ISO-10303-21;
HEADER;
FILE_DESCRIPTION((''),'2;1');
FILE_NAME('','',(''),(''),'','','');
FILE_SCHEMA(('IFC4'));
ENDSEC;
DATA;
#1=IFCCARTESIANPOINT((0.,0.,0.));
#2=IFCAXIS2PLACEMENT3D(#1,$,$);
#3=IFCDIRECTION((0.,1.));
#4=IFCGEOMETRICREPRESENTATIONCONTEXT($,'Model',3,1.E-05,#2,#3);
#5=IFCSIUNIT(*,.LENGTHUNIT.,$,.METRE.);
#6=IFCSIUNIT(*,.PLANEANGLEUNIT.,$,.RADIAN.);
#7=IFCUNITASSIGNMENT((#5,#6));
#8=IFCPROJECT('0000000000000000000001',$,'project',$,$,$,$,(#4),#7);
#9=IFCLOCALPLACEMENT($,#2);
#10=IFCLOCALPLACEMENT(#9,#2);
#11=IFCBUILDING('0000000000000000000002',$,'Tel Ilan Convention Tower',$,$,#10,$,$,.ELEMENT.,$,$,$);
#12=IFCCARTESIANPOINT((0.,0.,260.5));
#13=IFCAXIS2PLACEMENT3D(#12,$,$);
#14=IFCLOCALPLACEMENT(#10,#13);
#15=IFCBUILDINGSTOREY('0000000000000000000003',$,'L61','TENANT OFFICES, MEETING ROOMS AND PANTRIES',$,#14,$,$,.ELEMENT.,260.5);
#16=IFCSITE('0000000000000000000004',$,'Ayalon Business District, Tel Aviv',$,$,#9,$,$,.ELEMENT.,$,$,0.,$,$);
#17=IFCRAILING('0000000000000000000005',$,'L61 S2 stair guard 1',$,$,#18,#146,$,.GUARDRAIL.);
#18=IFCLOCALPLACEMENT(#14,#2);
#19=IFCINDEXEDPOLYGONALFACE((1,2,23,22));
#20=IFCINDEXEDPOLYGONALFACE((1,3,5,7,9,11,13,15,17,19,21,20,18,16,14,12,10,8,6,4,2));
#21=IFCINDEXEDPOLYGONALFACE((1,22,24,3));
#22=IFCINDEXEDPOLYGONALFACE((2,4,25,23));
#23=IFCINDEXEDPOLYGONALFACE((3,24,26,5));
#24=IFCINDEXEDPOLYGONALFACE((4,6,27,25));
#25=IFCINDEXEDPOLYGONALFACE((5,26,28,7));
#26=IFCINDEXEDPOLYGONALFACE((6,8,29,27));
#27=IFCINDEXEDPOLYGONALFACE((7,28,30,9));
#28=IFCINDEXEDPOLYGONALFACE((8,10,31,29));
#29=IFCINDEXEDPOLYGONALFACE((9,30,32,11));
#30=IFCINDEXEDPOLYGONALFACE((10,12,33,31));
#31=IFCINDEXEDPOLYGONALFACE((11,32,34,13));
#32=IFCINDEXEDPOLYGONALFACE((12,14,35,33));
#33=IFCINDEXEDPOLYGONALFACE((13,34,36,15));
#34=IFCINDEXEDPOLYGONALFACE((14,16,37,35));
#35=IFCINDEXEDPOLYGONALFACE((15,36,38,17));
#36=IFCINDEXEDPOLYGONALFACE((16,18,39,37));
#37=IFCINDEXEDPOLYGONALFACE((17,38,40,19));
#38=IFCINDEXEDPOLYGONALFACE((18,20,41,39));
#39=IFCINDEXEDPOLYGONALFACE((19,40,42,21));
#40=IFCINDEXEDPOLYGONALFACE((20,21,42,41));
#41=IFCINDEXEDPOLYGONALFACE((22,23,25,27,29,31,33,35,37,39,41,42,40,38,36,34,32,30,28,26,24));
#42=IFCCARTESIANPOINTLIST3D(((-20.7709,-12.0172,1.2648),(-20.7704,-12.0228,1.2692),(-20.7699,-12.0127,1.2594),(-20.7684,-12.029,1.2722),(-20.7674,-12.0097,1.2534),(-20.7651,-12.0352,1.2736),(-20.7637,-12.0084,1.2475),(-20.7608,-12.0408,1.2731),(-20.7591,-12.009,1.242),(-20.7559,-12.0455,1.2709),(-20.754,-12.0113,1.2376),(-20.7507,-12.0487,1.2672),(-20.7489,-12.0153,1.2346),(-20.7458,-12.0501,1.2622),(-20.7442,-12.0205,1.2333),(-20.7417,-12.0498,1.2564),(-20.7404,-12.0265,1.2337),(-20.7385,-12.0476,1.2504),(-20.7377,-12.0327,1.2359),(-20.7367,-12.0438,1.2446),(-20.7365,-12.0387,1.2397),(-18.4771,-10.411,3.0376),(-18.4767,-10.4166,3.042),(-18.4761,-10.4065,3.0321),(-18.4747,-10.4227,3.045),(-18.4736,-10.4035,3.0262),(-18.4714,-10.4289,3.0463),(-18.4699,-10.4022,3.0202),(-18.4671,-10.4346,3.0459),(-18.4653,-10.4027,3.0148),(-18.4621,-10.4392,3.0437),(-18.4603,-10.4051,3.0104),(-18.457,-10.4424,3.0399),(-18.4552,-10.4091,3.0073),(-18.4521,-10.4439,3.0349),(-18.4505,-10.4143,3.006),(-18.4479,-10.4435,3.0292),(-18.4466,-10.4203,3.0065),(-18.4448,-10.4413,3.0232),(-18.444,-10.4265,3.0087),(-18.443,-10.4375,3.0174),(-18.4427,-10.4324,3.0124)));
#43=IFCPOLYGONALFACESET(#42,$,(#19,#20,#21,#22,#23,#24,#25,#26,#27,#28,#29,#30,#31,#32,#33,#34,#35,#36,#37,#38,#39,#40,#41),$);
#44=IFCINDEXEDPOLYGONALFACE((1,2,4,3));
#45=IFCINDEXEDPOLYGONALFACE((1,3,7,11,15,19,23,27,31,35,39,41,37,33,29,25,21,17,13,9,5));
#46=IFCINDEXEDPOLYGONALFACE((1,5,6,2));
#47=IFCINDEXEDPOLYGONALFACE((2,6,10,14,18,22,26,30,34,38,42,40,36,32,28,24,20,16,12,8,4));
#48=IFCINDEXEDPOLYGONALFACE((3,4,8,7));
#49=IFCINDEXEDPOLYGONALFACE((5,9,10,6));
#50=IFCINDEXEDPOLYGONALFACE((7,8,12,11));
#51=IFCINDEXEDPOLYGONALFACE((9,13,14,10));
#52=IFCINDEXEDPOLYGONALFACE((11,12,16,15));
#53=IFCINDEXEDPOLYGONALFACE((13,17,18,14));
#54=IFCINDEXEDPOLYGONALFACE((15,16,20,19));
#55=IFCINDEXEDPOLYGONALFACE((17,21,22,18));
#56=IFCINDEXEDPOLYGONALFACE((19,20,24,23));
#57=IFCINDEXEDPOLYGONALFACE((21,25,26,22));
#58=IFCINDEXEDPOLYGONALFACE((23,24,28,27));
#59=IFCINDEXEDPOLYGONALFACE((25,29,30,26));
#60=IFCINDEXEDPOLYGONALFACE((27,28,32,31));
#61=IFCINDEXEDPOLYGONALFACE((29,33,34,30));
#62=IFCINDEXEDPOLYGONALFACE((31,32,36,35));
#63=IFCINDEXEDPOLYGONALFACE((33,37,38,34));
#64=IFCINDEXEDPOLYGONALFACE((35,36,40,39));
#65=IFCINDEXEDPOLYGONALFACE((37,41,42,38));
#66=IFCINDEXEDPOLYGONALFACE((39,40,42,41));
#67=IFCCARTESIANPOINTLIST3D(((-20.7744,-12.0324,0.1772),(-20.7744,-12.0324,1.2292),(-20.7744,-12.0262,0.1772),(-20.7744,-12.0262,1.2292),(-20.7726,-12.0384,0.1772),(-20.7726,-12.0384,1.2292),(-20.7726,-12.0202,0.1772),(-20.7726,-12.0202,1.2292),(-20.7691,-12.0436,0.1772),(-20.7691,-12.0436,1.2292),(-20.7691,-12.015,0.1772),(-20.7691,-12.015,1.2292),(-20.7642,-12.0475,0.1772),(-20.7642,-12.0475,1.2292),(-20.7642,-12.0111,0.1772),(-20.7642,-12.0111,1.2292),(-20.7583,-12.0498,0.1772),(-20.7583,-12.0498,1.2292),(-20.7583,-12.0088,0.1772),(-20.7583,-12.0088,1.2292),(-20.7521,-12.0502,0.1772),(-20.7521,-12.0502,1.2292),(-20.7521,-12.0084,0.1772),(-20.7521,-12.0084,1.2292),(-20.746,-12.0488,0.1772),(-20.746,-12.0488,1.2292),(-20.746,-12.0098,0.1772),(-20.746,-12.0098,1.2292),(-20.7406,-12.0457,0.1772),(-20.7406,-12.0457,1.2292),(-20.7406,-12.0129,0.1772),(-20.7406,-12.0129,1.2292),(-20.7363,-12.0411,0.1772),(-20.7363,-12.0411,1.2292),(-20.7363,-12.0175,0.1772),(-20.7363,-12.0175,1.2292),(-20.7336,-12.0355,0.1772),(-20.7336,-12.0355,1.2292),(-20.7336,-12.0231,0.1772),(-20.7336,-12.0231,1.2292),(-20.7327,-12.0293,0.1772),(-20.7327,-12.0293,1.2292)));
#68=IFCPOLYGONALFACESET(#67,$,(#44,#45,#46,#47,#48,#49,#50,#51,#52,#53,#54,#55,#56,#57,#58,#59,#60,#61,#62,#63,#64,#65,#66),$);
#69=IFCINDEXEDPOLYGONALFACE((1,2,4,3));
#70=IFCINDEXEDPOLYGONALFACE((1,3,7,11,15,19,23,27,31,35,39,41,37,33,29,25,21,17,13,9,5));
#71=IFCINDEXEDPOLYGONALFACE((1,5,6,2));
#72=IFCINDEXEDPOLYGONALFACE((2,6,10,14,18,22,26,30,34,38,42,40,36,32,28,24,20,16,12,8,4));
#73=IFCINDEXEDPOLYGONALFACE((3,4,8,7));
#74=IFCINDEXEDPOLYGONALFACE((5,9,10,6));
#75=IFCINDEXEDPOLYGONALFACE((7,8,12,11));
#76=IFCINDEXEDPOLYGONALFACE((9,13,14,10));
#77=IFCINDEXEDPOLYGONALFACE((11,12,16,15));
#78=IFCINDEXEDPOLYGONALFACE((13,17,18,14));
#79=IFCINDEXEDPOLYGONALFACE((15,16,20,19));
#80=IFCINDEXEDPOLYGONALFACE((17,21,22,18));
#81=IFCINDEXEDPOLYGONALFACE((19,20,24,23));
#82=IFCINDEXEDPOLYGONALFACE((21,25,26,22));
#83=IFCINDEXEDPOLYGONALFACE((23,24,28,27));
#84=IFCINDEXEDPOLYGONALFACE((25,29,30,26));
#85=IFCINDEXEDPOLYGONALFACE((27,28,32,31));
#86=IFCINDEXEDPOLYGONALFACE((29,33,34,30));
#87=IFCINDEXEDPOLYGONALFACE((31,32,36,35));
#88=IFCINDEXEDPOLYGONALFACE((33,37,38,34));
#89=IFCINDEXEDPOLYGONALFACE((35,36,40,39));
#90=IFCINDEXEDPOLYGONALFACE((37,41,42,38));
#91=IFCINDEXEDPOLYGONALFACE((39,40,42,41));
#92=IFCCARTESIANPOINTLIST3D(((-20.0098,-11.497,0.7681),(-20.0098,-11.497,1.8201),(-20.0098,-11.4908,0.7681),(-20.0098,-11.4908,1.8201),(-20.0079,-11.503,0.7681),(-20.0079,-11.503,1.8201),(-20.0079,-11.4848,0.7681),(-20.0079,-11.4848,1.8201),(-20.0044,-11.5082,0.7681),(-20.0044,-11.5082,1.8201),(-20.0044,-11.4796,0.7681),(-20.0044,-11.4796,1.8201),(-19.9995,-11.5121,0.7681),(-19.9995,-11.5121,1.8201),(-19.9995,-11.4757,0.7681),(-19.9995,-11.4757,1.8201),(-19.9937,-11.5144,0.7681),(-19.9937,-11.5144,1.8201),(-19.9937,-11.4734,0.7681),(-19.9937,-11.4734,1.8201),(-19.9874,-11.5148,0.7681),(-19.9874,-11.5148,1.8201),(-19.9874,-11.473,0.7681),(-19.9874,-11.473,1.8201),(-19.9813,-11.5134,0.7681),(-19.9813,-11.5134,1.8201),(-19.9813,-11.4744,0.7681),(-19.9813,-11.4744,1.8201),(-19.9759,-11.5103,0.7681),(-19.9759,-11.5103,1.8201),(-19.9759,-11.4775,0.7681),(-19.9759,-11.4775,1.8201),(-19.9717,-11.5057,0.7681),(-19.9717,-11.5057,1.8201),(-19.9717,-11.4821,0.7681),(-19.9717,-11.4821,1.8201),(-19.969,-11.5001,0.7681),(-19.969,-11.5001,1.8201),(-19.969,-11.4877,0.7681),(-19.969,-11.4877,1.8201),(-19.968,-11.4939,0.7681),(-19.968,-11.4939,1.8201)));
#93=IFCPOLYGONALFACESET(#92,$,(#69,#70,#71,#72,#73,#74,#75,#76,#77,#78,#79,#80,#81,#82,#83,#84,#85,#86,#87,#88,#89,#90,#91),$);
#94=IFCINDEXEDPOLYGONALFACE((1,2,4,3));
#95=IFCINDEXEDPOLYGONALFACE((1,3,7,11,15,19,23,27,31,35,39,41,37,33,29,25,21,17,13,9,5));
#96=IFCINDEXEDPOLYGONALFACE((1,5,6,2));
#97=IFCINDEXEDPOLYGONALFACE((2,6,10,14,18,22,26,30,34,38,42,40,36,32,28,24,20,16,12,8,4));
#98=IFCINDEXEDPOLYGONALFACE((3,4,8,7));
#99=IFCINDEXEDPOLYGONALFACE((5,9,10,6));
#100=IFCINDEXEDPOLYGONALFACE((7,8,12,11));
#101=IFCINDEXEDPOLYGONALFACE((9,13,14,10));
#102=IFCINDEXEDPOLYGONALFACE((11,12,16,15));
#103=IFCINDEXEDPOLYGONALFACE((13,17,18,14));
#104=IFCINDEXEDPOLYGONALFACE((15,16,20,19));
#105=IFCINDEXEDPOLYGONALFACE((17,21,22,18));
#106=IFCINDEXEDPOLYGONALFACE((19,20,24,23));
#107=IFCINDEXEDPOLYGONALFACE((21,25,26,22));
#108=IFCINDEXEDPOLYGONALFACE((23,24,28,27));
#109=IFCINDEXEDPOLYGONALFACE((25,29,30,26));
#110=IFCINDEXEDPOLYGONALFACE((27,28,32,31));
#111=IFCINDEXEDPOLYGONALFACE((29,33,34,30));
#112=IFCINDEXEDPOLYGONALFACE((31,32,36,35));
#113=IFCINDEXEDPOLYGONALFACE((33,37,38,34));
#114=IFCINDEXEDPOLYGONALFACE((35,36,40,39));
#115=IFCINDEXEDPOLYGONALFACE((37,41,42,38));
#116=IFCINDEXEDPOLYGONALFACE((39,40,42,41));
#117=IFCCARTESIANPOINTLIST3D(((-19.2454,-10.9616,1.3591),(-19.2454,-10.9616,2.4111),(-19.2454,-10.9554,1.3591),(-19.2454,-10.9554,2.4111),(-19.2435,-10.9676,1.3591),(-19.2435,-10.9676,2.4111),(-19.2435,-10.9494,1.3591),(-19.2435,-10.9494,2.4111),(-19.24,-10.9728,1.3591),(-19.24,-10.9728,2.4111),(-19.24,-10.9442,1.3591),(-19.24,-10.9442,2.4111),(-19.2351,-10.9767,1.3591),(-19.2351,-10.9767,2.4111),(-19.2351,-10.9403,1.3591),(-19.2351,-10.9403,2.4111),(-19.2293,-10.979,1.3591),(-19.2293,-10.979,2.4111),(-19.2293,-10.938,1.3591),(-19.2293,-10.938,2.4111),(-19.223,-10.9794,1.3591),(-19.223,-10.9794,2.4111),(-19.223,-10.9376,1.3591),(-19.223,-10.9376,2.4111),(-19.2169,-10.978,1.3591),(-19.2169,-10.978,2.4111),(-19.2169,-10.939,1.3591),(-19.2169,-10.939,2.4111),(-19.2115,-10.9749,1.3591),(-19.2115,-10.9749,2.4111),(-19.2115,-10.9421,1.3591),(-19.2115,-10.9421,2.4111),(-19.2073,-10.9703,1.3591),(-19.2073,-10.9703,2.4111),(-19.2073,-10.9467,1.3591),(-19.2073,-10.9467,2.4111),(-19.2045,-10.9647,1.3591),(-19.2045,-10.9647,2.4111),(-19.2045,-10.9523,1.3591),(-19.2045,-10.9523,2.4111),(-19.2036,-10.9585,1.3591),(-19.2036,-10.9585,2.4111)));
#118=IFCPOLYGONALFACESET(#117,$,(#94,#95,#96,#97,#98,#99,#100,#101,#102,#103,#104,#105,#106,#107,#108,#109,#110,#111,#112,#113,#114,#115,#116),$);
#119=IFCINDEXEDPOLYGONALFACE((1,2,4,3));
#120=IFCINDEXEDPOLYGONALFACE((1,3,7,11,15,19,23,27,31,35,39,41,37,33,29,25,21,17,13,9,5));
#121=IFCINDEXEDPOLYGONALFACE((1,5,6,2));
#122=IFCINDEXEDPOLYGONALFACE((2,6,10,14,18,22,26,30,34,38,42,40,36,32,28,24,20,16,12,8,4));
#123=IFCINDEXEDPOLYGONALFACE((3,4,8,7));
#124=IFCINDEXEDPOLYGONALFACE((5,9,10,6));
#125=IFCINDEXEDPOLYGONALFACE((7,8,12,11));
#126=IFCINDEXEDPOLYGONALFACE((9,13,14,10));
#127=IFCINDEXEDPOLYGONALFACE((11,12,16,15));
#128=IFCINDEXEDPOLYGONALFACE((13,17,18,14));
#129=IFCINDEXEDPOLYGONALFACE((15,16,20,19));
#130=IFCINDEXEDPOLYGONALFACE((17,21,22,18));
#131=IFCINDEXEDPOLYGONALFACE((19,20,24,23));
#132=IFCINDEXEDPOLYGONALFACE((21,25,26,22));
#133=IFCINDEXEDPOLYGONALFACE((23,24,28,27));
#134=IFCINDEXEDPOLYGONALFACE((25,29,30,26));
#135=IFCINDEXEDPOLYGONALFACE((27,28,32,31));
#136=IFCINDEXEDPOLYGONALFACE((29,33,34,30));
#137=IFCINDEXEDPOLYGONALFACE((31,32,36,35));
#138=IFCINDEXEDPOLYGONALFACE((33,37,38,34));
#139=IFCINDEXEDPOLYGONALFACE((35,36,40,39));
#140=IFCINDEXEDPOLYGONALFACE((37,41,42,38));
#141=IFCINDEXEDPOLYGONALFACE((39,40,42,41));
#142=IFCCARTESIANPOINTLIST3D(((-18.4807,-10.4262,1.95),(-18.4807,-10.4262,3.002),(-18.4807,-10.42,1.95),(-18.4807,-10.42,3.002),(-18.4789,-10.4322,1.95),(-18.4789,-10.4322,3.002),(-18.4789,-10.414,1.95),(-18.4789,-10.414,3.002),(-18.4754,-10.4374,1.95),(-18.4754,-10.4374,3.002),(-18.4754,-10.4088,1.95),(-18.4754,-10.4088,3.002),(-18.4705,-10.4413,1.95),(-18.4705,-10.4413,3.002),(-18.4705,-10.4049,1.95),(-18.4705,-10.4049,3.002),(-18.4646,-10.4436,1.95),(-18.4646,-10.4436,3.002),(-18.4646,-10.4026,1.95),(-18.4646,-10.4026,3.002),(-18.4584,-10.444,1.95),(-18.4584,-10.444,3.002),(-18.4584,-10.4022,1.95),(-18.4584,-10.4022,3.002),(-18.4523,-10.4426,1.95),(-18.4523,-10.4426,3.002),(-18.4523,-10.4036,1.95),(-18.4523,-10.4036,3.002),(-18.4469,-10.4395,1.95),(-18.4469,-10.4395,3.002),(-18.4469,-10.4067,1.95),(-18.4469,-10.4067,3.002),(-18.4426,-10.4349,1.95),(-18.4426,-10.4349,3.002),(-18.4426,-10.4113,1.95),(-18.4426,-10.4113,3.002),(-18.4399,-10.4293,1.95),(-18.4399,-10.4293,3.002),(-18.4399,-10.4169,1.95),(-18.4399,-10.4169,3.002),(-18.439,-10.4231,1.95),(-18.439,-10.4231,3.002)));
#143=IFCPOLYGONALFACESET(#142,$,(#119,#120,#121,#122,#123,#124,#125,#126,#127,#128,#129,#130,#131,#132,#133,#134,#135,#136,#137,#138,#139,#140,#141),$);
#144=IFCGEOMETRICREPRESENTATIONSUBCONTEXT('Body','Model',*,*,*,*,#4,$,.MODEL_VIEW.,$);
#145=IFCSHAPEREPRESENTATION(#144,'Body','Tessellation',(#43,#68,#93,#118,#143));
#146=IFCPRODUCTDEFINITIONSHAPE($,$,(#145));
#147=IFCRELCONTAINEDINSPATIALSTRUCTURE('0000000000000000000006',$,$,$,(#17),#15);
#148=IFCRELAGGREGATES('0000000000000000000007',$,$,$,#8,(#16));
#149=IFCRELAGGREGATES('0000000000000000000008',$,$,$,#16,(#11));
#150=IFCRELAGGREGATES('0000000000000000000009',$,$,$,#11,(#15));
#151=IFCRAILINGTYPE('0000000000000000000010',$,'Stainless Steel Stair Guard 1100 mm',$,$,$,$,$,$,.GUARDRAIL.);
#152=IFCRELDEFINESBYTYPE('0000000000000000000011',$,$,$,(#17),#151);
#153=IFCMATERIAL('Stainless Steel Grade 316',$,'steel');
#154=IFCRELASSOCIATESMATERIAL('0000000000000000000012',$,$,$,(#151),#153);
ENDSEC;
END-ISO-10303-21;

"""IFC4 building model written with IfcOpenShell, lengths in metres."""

from ifc_helpers import new_model, si_unit, direction, frame, origin, origin_2d, place, context, subcontext, project, spatial, circle, extrude, material, type_object, element, save


model = new_model("IFC4")

# Units and contexts
model_context = context("Model", 3, precision=1e-05, world=origin(), true_north=direction((0.0, 1.0)))
body_context = subcontext(model_context, "Body", "Model", "MODEL_VIEW")
ifc_project = project(units=[si_unit("LENGTHUNIT", "METRE"), si_unit("PLANEANGLEUNIT", "RADIAN")], contexts=[model_context])

# Site, building, storey
site_placement = place(None, origin())
site = spatial("IfcSite", under=ifc_project, at=site_placement, Name="Ayalon Business District, Tel Aviv", CompositionType="ELEMENT", RefElevation=0.0)
building_placement = place(site_placement, origin())
building = spatial("IfcBuilding", under=site, at=building_placement, Name="Tel Ilan Convention Tower", CompositionType="ELEMENT")
storey_placement = place(building_placement, frame((0.0, 0.0, 260.5)))
storey = spatial("IfcBuildingStorey", under=building, at=storey_placement, Name="L61", Description="TENANT OFFICES, MEETING ROOMS AND PANTRIES", CompositionType="ELEMENT", Elevation=260.5)

# Railing
ifc_material_1 = material(Name="Stainless Steel Grade 316", Category="steel")
railing_type_1 = type_object("IfcRailingType", Name="Stainless Steel Stair Guard 1100 mm", PredefinedType="GUARDRAIL", material=ifc_material_1)
railing_1_placement = place(storey_placement, frame((-20.7537, -12.0293, 0.1772)))
element("IfcRailing", 1, at=railing_1_placement, inside=storey, type_object=railing_type_1, Name="L61 S2 stair guard 1", PredefinedType="GUARDRAIL", context=body_context, shape_type="SweptSolid", body=[
    extrude(circle(Radius=0.0239, at=origin_2d()), frame((0.0, 0.0, 1.0762), z_axis=(0.692098, 0.484653, 0.534894), x_axis=(-0.573609, 0.81913, 0.0)), (0.0, 0.0, 1.0), 3.3142),
    extrude(circle(Radius=0.021, at=origin_2d()), origin(), (0.0, 0.0, 1.0), 1.052),
    extrude(circle(Radius=0.021, at=origin_2d()), frame((0.7646, 0.5354, 0.5908)), (0.0, 0.0, 1.0), 1.052),
    extrude(circle(Radius=0.021, at=origin_2d()), frame((1.5291, 1.0708, 1.1819)), (0.0, 0.0, 1.0), 1.052),
    extrude(circle(Radius=0.021, at=origin_2d()), frame((2.2937, 1.6062, 1.7727)), (0.0, 0.0, 1.0), 1.052),
])

save(model, "model.ifc")
